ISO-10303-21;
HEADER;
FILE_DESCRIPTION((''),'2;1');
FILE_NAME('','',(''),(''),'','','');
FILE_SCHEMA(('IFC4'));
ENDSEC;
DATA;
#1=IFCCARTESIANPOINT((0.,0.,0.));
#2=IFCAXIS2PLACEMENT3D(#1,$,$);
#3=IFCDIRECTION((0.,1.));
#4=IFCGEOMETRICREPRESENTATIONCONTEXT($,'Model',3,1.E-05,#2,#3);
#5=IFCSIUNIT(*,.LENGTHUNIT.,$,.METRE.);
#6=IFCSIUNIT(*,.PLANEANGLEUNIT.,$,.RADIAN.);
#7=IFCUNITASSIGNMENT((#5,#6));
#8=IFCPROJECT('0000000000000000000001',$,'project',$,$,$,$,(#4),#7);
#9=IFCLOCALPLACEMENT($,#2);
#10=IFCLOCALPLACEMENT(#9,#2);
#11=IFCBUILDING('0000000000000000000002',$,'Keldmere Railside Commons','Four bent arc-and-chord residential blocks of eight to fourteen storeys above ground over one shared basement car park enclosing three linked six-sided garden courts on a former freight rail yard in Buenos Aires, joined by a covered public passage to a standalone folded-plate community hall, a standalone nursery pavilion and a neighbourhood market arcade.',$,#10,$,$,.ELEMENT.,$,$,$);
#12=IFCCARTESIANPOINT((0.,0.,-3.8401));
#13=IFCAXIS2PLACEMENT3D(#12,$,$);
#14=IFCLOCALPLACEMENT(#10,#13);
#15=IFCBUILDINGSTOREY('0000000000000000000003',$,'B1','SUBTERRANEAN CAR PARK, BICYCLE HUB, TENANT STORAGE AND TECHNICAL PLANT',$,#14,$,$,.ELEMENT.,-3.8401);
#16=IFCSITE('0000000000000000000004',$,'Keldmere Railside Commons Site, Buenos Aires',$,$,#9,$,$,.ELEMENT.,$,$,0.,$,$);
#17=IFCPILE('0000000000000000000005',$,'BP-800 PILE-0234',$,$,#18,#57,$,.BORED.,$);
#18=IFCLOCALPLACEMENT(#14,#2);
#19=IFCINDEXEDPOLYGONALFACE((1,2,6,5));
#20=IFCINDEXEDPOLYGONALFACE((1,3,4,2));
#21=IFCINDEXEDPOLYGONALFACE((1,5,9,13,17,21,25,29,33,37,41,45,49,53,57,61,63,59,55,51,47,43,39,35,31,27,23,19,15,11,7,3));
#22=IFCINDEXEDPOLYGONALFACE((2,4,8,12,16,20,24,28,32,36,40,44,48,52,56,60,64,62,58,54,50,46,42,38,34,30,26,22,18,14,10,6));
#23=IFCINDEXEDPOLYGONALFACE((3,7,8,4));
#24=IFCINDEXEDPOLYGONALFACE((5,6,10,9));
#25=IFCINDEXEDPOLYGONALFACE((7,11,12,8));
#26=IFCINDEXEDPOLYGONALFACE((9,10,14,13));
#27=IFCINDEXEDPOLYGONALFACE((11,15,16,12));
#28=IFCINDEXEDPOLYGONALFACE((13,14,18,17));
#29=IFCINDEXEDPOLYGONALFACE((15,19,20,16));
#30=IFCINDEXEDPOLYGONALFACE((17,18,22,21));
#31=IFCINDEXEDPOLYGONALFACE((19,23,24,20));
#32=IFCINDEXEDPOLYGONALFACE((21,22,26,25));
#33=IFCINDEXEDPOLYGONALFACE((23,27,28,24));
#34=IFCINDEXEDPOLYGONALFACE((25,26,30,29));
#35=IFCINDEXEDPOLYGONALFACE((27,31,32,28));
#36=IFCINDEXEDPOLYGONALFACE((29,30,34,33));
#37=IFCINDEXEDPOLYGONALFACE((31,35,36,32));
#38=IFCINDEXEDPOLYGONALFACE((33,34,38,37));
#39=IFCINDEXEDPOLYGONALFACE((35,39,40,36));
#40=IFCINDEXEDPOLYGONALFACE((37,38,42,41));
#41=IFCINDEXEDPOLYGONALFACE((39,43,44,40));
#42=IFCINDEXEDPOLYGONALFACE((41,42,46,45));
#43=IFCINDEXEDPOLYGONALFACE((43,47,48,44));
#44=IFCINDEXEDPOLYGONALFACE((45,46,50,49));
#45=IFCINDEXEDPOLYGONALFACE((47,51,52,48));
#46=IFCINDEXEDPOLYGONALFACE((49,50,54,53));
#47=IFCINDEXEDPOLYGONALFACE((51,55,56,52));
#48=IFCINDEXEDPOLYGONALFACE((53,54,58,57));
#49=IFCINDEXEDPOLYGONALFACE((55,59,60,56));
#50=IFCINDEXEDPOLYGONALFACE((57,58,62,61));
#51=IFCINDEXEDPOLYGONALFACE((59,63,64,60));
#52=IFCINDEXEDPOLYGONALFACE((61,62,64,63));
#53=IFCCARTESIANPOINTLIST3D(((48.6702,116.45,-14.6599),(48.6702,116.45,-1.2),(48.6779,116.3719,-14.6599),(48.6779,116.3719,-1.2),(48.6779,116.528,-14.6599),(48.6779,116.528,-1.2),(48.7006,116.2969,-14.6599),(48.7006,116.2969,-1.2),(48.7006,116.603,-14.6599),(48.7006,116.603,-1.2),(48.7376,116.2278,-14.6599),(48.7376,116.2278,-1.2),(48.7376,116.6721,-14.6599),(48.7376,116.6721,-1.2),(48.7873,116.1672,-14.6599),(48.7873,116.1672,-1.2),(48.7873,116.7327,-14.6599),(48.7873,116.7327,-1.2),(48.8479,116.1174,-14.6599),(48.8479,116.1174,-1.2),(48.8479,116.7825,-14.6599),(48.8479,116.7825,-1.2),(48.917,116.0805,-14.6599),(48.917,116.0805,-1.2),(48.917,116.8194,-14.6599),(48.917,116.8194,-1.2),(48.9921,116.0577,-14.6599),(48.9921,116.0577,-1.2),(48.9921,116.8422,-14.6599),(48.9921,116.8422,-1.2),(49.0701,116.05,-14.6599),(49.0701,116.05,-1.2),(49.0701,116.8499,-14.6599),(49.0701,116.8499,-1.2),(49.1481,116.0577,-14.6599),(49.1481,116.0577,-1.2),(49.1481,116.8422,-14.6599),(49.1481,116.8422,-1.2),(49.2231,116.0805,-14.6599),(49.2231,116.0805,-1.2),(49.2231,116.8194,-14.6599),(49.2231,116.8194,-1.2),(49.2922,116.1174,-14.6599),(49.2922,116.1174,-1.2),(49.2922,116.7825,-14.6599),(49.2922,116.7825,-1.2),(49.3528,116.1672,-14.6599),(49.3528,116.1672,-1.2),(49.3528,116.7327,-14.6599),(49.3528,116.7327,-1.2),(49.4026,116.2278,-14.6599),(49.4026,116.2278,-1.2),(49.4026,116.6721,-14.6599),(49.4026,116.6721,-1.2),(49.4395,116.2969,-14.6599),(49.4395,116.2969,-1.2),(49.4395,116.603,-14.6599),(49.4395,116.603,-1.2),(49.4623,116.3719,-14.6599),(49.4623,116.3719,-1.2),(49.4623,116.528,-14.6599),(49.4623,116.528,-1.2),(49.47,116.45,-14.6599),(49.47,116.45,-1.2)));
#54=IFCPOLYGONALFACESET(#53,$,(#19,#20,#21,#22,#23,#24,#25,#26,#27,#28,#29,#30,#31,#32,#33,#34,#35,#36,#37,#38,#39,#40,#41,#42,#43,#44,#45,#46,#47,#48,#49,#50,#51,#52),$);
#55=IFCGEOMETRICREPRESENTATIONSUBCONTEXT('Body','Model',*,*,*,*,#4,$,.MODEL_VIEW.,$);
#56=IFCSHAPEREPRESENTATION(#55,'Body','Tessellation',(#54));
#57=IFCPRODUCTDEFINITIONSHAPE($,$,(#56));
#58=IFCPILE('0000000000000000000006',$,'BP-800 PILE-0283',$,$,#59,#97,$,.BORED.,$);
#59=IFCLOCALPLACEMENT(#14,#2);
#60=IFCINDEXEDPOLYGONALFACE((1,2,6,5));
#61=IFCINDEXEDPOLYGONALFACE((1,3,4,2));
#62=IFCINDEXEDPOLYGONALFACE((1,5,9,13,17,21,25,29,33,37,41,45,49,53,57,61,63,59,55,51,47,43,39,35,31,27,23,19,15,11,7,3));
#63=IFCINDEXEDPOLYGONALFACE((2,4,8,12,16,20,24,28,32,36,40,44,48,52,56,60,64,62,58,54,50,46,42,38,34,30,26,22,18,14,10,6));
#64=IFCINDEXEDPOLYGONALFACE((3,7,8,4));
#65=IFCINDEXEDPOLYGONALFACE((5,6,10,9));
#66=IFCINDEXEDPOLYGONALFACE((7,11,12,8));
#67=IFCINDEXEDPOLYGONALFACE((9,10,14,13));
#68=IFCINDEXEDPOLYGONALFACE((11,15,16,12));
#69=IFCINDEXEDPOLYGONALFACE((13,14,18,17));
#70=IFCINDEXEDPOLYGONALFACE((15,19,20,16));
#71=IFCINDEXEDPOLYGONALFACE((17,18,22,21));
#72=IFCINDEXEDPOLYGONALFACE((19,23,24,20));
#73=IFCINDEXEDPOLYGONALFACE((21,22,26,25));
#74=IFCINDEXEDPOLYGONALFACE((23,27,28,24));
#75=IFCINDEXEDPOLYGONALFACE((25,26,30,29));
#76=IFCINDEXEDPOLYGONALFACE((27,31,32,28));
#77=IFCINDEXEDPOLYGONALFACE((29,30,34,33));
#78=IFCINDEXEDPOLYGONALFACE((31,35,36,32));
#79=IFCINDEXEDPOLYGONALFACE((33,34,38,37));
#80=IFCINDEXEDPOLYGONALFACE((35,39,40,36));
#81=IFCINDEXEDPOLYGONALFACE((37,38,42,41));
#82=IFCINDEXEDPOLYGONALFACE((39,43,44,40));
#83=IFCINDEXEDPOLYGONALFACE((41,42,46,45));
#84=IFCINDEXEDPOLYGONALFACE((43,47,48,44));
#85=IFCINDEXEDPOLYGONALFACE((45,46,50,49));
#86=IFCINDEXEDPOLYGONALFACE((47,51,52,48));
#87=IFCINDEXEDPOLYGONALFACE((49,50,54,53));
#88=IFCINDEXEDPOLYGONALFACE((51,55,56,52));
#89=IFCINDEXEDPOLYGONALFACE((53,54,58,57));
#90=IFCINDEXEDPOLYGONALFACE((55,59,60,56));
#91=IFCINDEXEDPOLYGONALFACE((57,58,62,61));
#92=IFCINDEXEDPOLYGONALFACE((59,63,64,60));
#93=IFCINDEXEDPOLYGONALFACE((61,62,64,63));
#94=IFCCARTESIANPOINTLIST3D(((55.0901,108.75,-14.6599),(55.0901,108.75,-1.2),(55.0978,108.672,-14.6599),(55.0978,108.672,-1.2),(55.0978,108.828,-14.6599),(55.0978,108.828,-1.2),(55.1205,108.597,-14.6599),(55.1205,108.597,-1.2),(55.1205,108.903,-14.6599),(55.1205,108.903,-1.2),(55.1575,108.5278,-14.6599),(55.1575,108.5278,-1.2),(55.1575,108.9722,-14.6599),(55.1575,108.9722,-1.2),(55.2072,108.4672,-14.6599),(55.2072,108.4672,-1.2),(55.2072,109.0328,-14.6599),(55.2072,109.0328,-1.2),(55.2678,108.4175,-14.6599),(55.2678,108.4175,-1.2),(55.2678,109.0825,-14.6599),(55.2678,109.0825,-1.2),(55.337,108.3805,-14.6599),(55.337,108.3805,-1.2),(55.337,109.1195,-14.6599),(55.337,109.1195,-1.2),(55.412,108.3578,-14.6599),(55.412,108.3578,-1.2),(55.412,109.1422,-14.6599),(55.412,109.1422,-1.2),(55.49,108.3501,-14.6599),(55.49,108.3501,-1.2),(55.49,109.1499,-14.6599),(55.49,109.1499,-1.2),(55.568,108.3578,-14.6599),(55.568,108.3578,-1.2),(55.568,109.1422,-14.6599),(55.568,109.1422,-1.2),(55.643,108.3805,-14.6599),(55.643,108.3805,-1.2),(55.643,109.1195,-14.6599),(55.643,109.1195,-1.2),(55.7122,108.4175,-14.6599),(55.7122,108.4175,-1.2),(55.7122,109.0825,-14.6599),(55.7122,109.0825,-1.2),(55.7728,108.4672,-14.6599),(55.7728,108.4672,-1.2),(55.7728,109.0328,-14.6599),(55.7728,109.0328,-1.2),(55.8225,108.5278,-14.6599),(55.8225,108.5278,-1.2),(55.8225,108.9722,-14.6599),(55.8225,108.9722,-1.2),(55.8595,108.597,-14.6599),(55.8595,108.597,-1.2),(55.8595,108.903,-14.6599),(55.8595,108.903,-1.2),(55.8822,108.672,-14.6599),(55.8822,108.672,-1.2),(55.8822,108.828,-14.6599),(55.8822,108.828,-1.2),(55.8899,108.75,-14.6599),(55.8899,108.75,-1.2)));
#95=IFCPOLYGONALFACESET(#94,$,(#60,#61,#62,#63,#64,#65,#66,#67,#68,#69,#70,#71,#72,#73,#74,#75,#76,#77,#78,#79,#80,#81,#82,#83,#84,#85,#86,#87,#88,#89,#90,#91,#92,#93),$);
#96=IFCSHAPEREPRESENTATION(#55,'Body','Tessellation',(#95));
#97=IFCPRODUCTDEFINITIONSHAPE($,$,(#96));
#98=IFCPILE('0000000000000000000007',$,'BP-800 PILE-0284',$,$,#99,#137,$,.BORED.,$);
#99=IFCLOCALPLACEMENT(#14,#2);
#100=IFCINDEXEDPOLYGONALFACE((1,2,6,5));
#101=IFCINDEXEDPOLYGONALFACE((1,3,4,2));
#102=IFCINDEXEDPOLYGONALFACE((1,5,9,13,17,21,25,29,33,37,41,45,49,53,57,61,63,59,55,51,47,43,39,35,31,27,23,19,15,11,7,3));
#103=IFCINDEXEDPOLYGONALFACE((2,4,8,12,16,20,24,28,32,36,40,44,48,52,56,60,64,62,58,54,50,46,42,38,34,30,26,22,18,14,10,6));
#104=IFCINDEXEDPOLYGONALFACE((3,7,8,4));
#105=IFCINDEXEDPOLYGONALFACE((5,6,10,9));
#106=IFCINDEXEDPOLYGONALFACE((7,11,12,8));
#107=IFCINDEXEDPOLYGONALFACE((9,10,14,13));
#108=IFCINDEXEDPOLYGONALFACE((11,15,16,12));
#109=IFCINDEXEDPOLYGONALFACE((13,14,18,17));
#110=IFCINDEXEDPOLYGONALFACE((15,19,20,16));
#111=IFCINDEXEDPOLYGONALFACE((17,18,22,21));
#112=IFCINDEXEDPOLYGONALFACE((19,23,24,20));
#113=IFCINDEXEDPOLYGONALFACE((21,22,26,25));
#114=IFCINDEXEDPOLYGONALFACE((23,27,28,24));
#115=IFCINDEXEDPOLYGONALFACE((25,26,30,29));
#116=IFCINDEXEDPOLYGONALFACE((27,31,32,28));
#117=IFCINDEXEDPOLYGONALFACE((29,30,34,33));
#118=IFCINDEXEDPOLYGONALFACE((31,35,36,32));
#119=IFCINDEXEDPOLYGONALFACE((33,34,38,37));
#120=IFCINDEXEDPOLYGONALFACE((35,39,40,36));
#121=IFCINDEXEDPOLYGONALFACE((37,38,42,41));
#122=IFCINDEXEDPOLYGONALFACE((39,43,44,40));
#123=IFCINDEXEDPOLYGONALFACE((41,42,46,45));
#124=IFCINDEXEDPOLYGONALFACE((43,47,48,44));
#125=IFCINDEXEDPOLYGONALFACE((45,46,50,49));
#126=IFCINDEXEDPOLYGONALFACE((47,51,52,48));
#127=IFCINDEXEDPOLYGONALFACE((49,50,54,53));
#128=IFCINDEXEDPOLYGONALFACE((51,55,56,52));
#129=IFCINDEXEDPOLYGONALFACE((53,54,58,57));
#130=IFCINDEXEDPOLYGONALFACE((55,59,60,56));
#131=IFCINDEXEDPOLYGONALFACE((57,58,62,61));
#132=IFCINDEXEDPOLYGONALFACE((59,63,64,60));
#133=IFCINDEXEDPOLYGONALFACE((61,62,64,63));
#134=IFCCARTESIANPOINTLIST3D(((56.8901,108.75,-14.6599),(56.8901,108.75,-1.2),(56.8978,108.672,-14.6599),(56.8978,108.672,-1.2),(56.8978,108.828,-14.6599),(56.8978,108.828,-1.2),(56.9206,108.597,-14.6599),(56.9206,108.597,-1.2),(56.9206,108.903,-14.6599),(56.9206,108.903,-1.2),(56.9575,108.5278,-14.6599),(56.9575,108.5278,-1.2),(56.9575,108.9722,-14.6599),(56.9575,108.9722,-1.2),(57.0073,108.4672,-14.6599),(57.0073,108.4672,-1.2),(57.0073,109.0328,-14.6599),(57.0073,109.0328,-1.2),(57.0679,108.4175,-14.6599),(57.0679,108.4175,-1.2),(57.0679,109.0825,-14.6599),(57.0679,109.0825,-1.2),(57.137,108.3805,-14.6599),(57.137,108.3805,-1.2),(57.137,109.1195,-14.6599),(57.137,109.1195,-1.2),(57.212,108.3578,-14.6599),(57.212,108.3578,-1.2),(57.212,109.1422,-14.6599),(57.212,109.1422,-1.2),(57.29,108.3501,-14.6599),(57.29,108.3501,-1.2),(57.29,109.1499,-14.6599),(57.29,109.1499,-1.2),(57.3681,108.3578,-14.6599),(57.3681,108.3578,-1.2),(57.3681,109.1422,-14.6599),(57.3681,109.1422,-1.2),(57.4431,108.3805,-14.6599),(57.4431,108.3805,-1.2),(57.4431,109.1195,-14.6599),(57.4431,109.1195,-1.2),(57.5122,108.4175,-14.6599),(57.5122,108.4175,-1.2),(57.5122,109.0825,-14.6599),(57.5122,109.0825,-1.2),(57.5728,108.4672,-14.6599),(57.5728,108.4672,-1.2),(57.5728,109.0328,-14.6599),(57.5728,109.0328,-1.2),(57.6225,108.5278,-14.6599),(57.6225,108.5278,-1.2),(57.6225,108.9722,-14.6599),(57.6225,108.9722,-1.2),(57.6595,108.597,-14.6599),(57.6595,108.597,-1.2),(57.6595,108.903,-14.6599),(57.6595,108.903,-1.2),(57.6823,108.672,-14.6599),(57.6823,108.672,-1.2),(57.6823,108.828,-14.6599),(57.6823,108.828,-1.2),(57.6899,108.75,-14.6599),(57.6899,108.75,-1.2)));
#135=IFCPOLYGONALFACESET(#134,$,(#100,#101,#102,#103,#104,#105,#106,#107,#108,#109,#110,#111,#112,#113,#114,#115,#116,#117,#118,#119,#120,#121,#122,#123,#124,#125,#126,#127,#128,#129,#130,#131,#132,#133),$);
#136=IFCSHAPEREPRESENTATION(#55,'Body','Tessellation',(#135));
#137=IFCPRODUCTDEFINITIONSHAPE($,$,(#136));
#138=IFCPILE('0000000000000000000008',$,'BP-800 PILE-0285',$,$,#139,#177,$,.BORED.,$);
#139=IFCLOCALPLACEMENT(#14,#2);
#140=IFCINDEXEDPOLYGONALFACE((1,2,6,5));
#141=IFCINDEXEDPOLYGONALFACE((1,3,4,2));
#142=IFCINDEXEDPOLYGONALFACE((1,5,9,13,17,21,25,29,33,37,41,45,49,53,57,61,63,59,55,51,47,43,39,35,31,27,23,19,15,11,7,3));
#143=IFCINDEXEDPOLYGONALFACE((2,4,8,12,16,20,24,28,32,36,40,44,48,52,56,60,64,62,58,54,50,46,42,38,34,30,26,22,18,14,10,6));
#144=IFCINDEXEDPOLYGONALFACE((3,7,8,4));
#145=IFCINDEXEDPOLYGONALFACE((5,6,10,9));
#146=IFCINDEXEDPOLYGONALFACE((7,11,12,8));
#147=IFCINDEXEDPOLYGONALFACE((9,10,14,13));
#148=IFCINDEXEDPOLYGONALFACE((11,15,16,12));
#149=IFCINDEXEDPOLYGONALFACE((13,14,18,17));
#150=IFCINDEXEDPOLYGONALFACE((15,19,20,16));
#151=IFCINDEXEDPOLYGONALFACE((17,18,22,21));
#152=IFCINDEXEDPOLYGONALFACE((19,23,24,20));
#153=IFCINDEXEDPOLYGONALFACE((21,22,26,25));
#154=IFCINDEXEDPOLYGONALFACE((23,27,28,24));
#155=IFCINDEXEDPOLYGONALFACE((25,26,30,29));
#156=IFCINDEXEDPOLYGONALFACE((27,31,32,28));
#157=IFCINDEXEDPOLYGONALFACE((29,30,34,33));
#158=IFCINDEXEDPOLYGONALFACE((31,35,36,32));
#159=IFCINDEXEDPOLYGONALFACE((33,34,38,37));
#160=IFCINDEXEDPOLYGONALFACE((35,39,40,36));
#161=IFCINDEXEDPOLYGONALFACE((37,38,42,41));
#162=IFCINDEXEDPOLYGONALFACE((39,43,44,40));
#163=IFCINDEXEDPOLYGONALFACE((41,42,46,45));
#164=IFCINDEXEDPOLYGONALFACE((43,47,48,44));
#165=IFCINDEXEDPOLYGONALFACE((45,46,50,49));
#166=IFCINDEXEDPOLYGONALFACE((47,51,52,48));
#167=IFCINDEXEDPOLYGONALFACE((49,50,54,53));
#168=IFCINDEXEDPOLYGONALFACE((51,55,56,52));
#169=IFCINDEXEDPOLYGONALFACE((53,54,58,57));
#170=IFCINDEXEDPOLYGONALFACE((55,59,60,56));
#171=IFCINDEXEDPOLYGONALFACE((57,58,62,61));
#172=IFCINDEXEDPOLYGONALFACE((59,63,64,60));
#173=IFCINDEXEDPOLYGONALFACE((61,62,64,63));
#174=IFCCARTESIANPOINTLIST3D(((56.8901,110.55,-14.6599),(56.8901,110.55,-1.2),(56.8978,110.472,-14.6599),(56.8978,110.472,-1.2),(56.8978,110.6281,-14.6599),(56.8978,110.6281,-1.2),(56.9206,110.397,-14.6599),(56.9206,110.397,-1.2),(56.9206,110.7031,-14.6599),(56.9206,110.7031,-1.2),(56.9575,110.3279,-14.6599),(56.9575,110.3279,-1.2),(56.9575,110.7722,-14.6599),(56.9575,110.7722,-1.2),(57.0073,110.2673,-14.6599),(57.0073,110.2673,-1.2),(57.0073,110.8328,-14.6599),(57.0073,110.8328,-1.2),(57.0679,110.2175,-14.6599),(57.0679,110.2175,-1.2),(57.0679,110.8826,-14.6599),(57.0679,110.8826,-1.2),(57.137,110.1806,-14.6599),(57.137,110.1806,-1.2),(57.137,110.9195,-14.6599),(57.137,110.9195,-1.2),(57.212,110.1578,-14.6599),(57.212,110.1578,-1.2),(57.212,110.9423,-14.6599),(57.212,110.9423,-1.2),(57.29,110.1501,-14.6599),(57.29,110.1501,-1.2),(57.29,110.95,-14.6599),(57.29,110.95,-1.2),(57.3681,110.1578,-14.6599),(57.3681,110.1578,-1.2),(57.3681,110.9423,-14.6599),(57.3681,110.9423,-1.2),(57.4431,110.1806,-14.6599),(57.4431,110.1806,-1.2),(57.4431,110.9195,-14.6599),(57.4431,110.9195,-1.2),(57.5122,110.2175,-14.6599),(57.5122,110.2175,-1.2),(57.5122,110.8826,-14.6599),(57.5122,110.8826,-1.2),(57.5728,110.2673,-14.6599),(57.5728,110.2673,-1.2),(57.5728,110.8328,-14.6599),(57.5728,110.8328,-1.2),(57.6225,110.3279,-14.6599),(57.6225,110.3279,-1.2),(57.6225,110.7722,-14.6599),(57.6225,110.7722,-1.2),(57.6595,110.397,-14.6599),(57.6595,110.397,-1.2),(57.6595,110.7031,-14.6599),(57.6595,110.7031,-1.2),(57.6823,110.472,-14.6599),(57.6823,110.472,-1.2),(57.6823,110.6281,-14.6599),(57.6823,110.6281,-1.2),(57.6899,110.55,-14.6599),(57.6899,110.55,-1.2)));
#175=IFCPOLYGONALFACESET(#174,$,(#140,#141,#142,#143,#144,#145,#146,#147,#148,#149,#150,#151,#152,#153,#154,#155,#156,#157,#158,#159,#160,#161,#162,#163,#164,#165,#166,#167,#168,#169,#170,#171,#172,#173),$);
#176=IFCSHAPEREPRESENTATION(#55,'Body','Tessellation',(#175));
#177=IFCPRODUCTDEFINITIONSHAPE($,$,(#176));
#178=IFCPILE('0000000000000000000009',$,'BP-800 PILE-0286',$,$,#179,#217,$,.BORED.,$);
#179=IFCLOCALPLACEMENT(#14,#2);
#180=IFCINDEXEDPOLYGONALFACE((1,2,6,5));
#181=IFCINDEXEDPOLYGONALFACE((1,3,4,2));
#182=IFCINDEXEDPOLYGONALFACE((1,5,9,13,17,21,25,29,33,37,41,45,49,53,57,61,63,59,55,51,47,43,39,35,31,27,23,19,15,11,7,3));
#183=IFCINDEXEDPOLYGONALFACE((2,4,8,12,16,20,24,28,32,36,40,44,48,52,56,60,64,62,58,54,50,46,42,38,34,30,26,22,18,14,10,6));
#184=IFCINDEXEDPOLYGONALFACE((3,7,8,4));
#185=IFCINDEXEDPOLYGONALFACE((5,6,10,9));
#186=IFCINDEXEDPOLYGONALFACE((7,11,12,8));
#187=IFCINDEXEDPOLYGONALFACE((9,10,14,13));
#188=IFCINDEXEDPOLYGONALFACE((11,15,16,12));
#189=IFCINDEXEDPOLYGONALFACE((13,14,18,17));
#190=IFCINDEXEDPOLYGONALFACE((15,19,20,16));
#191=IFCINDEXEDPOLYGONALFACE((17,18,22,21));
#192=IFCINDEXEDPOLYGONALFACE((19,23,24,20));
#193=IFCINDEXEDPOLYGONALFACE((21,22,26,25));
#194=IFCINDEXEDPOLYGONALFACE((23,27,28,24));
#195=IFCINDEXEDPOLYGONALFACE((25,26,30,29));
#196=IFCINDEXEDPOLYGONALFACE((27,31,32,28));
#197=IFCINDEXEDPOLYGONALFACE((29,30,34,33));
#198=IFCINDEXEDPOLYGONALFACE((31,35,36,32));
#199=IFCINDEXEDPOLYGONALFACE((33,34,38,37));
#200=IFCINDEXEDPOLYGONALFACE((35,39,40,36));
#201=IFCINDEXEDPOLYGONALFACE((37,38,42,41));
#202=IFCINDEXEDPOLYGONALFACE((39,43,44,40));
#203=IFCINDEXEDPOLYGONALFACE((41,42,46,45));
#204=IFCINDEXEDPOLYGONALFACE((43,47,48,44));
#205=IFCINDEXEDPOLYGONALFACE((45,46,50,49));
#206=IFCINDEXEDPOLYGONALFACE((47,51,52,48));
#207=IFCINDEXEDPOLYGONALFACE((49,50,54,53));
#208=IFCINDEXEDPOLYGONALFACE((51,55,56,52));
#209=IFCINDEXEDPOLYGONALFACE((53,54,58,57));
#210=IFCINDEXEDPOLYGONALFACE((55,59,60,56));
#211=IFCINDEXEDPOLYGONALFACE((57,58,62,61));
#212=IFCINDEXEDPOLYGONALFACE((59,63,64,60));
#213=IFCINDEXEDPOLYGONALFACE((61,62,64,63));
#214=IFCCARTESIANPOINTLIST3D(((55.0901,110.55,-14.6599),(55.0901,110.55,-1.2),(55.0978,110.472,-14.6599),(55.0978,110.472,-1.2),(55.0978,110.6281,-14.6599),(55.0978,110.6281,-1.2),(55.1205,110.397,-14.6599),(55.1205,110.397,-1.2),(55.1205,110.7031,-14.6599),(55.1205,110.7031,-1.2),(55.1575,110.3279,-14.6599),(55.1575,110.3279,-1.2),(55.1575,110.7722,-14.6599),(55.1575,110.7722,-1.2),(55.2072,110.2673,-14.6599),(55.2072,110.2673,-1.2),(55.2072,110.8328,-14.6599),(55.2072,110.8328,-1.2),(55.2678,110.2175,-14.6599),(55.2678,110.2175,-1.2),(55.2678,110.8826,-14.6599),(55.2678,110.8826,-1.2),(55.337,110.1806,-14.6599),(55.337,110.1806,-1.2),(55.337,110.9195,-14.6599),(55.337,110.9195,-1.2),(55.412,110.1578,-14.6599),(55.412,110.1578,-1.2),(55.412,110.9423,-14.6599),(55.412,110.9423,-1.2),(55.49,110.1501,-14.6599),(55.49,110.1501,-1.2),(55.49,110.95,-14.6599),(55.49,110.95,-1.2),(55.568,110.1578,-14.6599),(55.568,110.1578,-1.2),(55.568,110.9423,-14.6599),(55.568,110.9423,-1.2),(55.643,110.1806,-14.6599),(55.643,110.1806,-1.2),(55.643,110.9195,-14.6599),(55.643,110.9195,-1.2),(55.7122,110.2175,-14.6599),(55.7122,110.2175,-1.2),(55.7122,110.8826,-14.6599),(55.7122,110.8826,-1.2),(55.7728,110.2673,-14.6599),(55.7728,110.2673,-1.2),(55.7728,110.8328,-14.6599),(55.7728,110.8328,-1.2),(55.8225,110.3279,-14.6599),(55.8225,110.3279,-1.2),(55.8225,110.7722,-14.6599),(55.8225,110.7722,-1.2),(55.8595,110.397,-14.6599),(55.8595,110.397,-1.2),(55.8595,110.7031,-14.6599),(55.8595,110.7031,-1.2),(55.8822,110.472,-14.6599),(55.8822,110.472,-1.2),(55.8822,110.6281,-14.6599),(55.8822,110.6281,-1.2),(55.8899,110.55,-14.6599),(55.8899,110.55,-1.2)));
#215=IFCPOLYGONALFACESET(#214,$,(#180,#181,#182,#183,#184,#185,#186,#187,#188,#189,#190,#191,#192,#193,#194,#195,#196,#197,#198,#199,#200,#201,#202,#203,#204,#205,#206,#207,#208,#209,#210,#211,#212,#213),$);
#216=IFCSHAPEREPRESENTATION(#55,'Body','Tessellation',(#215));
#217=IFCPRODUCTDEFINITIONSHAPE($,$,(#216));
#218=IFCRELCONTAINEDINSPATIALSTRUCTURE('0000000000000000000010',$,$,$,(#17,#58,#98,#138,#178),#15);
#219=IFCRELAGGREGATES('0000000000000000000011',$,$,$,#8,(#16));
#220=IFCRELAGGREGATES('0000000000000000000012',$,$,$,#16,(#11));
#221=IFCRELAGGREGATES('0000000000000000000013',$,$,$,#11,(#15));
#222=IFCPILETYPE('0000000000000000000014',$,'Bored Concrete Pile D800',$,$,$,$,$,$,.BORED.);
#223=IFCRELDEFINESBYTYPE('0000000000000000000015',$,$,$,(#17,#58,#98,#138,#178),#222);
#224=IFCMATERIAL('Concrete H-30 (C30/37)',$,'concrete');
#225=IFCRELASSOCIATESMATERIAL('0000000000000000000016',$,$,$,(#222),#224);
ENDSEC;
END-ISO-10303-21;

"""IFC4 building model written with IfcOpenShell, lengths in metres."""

from ifc_helpers import new_model, si_unit, direction, frame, origin, origin_2d, place, context, subcontext, project, spatial, circle, extrude, material, material_profile, profile_set, type_object, element, save


model = new_model("IFC4")

# Units and contexts
model_context = context("Model", 3, precision=1e-05, world=origin(), true_north=direction((0.0, 1.0)))
body_context = subcontext(model_context, "Body", "Model", "MODEL_VIEW")
ifc_project = project(units=[si_unit("LENGTHUNIT", "METRE"), si_unit("PLANEANGLEUNIT", "RADIAN")], contexts=[model_context])

# Site, building, storey
site_placement = place(None, origin())
site = spatial("IfcSite", under=ifc_project, at=site_placement, Name="Keldmere Railside Commons Site, Buenos Aires", CompositionType="ELEMENT", RefElevation=0.0)
building_placement = place(site_placement, origin())
building = spatial("IfcBuilding", under=site, at=building_placement, Name="Keldmere Railside Commons", Description="Four bent arc-and-chord residential blocks of eight to fourteen storeys above ground over one shared basement car park enclosing three linked six-sided garden courts on a former freight rail yard in Buenos Aires, joined by a covered public passage to a standalone folded-plate community hall, a standalone nursery pavilion and a neighbourhood market arcade.", CompositionType="ELEMENT")
storey_placement = place(building_placement, frame((0.0, 0.0, -3.8401)))
storey = spatial("IfcBuildingStorey", under=building, at=storey_placement, Name="B1", Description="SUBTERRANEAN CAR PARK, BICYCLE HUB, TENANT STORAGE AND TECHNICAL PLANT", CompositionType="ELEMENT", Elevation=-3.8401)

# Piles
ifc_material_1 = material(Name="Concrete H-30 (C30/37)", Category="concrete")
ifc_material_profile_1 = material_profile(ifc_material_1, circle(Radius=0.3999, at=origin_2d()), Name="PILE-D800")
ifc_profile_set_1 = profile_set([ifc_material_profile_1], Name="Concrete H-30 (C30/37)")
pile_type = type_object("IfcPileType", Name="Bored Concrete Pile D800", PredefinedType="BORED", material=ifc_profile_set_1)
for number, where, z_axis, x_axis, name in (
    (1, (49.0701, 116.45, -1.2), (0.0, 0.0, -1.0), (1.0, 0.0, 0.0), "BP-800 PILE-0234"),
    (2, (55.49, 108.75, -1.2), (0.0, 0.0, -1.0), (1.0, 0.0, 0.0), "BP-800 PILE-0283"),
    (3, (57.29, 108.75, -1.2), (0.0, 0.0, -1.0), (1.0, 0.0, 0.0), "BP-800 PILE-0284"),
    (4, (57.29, 110.55, -1.2), (0.0, 0.0, -1.0), (1.0, 0.0, 0.0), "BP-800 PILE-0285"),
    (5, (55.49, 110.55, -1.2), (0.0, 0.0, -1.0), (1.0, 0.0, 0.0), "BP-800 PILE-0286"),
):
    element("IfcPile", number, at=place(storey_placement, frame(where, z_axis=z_axis, x_axis=x_axis)), inside=storey, type_object=pile_type, Name=name, PredefinedType="BORED", context=body_context, shape_type="SweptSolid", body=[
        extrude(circle(Radius=0.3999, at=origin_2d()), origin(), (0.0, 0.0, 1.0), 13.46),
    ])

save(model, "model.ifc")
